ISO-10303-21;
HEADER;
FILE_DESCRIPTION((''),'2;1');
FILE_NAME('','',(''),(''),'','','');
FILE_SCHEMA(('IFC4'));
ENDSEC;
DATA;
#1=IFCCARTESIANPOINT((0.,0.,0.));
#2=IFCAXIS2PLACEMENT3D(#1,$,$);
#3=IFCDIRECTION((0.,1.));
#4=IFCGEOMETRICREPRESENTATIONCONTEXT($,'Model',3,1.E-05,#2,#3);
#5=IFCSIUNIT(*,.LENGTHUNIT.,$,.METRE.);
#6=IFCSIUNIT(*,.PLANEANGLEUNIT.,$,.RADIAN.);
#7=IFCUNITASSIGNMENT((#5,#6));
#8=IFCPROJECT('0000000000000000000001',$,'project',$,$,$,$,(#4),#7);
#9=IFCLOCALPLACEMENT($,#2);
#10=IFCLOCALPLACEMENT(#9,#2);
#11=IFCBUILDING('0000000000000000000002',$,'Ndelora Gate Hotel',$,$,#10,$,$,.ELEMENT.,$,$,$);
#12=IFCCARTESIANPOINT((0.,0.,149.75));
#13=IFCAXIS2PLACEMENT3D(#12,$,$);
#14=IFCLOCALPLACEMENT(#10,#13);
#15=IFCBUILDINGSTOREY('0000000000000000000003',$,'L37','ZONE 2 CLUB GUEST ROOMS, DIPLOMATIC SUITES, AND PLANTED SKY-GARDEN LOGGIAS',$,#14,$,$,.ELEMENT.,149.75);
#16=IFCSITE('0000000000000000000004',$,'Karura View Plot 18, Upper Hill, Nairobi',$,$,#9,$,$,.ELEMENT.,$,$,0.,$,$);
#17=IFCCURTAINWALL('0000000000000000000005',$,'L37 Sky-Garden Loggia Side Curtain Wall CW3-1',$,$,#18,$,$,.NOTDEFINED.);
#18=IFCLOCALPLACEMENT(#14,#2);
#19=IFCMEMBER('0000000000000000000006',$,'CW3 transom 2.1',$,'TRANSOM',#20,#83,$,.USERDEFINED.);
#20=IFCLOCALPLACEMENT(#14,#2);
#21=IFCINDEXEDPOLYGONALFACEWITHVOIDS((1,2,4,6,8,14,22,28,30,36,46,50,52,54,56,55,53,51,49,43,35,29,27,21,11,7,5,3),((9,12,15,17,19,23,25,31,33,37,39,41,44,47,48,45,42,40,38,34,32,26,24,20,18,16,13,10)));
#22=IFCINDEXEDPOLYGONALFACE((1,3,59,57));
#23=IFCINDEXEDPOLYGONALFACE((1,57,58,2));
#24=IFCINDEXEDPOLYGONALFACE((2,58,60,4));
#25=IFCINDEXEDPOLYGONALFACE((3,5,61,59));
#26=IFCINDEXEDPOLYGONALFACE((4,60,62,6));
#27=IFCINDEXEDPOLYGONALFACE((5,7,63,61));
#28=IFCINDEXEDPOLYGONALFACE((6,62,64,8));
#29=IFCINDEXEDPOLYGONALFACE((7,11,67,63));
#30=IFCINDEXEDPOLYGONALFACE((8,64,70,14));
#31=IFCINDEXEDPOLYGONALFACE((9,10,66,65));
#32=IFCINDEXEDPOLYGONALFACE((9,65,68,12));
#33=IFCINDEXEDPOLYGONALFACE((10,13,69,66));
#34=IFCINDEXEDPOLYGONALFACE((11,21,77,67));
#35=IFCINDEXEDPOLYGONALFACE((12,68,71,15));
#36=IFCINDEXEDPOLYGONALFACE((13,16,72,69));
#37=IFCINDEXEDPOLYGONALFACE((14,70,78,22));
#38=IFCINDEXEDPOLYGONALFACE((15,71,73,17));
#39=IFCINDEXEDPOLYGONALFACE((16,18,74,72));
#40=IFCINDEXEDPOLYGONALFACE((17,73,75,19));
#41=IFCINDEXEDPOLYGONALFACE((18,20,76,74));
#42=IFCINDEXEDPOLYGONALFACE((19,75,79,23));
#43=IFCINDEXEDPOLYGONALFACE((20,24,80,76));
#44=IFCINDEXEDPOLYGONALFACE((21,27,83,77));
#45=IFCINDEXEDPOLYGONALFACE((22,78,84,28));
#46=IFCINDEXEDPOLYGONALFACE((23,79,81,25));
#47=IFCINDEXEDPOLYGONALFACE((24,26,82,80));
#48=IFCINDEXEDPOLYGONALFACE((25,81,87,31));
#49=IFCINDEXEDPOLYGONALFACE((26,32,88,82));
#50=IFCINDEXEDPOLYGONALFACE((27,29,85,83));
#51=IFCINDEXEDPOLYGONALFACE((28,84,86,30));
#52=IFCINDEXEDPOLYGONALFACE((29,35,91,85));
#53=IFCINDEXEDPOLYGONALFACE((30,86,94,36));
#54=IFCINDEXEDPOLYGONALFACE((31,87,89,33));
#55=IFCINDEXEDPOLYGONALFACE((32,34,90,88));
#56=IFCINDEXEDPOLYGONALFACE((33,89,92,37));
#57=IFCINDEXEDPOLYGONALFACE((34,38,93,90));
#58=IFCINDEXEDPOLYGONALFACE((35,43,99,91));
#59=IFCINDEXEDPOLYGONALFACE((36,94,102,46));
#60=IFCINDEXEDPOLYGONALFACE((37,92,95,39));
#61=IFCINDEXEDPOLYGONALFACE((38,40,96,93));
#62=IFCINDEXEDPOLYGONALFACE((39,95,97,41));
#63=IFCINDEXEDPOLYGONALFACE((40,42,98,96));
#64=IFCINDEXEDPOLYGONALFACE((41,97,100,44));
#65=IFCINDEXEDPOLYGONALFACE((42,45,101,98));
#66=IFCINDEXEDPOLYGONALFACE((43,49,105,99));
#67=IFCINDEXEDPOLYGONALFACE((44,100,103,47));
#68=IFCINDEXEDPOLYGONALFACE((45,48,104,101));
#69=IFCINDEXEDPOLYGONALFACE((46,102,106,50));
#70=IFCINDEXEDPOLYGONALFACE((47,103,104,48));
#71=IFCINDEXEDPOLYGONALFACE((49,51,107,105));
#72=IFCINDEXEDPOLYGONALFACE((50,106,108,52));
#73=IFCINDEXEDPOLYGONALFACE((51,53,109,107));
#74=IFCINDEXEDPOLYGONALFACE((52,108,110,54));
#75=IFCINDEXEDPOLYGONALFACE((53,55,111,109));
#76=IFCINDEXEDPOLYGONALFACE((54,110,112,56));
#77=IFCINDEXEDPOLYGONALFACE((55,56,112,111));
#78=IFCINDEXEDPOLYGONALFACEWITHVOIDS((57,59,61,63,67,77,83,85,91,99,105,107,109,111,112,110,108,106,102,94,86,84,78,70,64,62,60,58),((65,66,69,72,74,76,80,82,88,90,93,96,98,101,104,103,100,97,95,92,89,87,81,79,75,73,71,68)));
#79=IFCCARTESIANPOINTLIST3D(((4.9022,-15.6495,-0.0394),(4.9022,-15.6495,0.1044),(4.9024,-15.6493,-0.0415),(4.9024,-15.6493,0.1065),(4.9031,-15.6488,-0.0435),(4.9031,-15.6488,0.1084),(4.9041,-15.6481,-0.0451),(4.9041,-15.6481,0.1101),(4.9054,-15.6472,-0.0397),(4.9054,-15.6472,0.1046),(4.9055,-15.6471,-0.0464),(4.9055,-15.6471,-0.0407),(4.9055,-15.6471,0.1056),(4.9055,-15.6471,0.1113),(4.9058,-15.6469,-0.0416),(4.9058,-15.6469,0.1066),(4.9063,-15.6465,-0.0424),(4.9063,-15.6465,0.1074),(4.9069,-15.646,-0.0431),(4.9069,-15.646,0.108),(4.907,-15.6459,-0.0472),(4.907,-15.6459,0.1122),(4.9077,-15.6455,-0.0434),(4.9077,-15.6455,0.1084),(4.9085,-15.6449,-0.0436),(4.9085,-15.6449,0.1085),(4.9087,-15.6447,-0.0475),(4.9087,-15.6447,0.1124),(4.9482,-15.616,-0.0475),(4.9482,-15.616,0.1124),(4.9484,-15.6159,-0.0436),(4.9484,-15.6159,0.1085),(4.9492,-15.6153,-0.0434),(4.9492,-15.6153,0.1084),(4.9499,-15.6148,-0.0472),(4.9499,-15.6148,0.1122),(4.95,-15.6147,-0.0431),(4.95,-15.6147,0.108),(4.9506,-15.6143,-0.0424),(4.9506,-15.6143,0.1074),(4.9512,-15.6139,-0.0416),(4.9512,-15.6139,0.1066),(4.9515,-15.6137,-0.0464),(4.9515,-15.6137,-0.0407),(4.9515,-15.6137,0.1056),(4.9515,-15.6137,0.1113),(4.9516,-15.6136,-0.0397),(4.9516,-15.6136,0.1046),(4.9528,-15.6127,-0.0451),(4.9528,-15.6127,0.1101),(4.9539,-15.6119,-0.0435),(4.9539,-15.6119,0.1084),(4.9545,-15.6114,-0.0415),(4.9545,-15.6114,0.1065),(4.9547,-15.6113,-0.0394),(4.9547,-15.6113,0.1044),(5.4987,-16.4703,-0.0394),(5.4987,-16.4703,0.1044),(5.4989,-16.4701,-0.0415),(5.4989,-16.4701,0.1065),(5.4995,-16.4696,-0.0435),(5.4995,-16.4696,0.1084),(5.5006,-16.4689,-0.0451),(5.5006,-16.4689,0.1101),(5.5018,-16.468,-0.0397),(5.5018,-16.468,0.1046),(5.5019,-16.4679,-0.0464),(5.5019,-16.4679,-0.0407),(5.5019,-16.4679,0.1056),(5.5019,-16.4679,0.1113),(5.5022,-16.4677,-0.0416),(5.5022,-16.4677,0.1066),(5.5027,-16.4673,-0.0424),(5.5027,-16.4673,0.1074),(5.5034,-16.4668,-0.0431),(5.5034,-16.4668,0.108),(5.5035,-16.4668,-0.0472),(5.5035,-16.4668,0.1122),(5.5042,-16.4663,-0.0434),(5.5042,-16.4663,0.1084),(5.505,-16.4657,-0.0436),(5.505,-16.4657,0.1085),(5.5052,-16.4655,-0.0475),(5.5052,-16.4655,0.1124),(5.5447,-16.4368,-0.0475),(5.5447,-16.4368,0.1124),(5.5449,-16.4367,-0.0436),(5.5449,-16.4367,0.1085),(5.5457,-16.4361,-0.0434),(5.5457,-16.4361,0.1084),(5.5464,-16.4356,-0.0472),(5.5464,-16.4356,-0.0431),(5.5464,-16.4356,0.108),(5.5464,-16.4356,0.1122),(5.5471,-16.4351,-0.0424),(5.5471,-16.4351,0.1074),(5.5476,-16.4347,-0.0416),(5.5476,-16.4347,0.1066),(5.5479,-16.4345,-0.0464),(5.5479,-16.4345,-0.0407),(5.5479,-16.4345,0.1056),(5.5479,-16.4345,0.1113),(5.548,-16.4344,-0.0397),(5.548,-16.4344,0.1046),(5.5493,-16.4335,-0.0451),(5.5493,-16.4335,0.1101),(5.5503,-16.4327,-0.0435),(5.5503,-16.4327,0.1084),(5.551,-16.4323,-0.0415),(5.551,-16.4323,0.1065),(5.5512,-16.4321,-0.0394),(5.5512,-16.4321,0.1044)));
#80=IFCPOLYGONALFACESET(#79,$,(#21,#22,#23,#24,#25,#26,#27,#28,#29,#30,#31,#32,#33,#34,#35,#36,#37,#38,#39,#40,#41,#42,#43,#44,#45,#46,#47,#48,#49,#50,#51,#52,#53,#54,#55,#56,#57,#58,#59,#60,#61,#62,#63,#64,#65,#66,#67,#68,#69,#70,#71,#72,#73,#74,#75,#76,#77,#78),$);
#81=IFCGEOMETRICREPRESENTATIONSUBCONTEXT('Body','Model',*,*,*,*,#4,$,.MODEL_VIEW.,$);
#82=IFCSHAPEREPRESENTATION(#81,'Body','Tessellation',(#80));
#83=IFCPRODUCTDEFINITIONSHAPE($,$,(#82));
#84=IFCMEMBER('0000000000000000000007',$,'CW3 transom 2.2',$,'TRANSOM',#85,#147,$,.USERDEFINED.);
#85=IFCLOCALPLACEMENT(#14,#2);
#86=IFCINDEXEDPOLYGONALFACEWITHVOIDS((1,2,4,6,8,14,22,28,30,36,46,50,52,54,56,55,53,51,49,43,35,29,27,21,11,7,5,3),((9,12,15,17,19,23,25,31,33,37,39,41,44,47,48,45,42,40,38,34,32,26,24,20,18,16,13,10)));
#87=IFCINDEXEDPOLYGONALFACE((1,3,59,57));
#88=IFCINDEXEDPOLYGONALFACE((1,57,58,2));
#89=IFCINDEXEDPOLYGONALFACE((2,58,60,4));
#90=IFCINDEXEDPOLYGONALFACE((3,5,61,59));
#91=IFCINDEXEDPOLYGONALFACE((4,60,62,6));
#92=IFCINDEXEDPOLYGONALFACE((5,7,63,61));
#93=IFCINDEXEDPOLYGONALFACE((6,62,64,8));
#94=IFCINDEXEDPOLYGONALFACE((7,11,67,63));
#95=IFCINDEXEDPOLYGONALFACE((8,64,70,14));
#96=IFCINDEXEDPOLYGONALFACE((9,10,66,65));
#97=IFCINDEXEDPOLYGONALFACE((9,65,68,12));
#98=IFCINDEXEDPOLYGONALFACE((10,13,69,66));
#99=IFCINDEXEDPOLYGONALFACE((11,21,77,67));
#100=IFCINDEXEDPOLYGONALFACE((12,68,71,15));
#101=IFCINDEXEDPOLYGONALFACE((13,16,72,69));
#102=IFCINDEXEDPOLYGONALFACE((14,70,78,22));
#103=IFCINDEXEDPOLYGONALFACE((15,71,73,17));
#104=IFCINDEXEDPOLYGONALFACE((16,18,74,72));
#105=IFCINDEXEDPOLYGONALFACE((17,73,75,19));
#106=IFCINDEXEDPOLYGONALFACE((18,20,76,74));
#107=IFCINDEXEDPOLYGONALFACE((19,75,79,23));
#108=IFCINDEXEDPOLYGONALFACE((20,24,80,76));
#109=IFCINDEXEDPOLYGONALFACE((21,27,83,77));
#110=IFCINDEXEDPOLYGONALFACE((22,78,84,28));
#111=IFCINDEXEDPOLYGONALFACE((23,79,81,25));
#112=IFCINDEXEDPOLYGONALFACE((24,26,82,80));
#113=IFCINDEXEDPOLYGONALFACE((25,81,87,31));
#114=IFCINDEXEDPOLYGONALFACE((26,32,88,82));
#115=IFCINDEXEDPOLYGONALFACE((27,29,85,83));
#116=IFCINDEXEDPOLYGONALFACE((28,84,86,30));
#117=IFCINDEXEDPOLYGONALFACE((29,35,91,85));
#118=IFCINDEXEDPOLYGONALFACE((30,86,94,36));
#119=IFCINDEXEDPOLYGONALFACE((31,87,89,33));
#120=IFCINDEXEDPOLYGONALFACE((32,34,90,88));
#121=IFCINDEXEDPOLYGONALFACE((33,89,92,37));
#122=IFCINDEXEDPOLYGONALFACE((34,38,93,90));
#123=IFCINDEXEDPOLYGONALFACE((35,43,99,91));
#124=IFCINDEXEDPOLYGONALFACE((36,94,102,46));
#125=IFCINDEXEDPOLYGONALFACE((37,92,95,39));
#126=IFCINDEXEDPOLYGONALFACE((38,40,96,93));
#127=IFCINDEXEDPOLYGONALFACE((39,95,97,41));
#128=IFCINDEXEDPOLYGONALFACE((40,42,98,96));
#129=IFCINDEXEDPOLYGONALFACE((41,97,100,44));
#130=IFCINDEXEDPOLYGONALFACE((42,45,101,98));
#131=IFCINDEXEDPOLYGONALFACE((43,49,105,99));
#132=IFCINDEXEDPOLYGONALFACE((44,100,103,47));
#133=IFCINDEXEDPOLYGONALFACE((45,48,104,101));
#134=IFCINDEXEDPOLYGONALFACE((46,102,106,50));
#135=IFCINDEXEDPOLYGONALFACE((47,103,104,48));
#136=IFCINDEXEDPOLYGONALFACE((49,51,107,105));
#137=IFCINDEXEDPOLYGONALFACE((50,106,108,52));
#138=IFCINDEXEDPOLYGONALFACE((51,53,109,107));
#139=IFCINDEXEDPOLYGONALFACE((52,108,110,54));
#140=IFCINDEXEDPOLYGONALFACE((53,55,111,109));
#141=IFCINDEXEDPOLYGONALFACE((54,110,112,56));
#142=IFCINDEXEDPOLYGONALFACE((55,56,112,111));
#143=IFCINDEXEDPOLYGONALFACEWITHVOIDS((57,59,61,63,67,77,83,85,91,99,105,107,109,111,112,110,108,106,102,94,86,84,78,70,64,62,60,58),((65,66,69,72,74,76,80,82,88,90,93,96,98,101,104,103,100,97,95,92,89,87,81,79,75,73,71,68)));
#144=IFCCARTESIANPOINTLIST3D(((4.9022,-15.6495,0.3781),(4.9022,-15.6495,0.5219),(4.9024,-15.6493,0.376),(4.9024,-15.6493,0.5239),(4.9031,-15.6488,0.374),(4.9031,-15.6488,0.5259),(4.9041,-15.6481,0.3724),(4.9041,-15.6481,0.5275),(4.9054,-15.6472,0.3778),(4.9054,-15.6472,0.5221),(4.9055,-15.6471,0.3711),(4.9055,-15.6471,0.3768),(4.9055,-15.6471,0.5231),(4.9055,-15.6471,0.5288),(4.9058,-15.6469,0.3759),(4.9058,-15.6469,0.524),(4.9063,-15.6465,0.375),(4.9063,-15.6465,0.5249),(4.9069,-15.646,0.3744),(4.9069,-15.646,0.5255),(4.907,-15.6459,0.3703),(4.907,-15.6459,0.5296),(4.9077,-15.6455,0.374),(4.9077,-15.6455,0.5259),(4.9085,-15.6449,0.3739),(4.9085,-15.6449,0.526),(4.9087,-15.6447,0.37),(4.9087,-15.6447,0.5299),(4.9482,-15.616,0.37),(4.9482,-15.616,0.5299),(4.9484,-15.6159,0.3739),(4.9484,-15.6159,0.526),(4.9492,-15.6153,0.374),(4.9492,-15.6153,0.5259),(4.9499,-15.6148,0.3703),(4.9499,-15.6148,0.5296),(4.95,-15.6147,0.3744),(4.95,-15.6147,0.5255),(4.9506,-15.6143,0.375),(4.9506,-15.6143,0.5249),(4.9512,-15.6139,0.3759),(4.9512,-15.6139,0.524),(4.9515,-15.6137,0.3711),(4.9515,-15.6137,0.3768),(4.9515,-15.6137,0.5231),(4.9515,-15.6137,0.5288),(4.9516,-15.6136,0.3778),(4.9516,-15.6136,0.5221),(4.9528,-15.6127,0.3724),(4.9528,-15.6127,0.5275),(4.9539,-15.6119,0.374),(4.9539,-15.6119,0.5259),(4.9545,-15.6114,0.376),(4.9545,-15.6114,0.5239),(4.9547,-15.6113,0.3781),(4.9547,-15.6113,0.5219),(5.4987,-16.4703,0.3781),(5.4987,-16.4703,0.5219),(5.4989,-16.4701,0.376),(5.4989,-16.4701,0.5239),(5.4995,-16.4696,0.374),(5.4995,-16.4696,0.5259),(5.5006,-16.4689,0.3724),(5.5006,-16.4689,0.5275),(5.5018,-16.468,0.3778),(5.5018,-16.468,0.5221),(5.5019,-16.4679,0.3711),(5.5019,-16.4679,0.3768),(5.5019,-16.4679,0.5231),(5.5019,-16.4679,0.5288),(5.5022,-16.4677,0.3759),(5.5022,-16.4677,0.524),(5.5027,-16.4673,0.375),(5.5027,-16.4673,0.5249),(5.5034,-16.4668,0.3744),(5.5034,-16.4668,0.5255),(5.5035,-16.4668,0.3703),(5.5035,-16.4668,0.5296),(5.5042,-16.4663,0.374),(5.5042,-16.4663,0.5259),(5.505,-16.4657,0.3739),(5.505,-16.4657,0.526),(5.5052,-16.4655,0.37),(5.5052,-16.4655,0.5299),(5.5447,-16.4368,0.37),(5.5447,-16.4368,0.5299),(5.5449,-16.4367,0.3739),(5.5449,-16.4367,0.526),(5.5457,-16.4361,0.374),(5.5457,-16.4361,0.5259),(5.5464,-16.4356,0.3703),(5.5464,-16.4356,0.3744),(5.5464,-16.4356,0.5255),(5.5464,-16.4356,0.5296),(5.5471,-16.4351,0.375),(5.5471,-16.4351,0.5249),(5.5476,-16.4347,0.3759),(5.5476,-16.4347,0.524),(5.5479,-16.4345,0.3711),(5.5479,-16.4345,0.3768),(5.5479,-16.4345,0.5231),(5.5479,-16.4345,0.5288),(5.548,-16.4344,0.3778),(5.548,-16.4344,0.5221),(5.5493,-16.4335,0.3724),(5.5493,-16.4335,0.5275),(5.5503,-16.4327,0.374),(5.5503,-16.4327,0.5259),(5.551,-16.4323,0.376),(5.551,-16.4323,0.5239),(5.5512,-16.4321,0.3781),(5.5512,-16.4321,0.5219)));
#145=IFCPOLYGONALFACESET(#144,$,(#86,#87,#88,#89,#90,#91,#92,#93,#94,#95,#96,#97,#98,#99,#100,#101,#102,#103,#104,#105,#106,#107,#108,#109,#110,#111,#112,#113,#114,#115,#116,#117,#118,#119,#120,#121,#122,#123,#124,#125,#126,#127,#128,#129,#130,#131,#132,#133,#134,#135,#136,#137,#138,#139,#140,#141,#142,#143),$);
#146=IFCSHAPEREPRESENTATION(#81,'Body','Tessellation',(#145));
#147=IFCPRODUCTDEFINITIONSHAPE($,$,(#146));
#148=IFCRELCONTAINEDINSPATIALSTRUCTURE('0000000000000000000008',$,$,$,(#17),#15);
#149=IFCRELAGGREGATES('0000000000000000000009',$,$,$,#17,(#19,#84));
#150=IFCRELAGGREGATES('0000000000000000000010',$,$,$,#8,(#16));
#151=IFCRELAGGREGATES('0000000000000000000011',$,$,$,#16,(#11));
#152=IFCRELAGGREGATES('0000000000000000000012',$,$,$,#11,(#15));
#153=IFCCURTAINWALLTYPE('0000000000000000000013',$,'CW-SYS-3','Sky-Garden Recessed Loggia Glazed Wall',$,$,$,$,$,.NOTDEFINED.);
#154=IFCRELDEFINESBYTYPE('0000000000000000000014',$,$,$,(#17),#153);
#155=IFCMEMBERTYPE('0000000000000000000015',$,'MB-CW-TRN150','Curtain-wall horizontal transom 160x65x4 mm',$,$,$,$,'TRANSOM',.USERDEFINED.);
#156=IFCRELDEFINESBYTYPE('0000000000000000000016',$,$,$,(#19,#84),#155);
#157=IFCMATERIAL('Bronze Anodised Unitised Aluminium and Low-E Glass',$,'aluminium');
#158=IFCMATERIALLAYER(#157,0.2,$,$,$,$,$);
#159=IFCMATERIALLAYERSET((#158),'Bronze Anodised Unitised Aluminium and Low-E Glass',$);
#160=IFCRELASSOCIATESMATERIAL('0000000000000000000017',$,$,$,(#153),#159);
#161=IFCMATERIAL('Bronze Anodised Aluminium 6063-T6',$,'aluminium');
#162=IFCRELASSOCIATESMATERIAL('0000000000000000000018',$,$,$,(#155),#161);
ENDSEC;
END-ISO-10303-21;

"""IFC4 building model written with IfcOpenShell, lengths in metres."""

from ifc_helpers import new_model, si_unit, direction, frame, origin, origin_2d, place, context, subcontext, project, spatial, hollow_rectangle, extrude, material, layer, layer_set, material_profile, profile_set, type_object, element, aggregate, save


model = new_model("IFC4")

# Units and contexts
model_context = context("Model", 3, precision=1e-05, world=origin(), true_north=direction((0.0, 1.0)))
body_context = subcontext(model_context, "Body", "Model", "MODEL_VIEW")
ifc_project = project(units=[si_unit("LENGTHUNIT", "METRE"), si_unit("PLANEANGLEUNIT", "RADIAN")], contexts=[model_context])

# Site, building, storey
site_placement = place(None, origin())
site = spatial("IfcSite", under=ifc_project, at=site_placement, Name="Karura View Plot 18, Upper Hill, Nairobi", CompositionType="ELEMENT", RefElevation=0.0)
building_placement = place(site_placement, origin())
building = spatial("IfcBuilding", under=site, at=building_placement, Name="Ndelora Gate Hotel", CompositionType="ELEMENT")
storey_placement = place(building_placement, frame((0.0, 0.0, 149.75)))
storey = spatial("IfcBuildingStorey", under=building, at=storey_placement, Name="L37", Description="ZONE 2 CLUB GUEST ROOMS, DIPLOMATIC SUITES, AND PLANTED SKY-GARDEN LOGGIAS", CompositionType="ELEMENT", Elevation=149.75)

# Curtain wall, members
ifc_material_1 = material(Name="Bronze Anodised Unitised Aluminium and Low-E Glass", Category="aluminium")
ifc_layer_1 = layer(ifc_material_1, 0.2)
ifc_layer_set_1 = layer_set([ifc_layer_1], Name="Bronze Anodised Unitised Aluminium and Low-E Glass")
curtain_wall_type = type_object("IfcCurtainWallType", Name="CW-SYS-3", Description="Sky-Garden Recessed Loggia Glazed Wall", PredefinedType="NOTDEFINED", material=ifc_layer_set_1)
curtain_wall_placement = place(storey_placement, origin())
curtain_wall = element("IfcCurtainWall", 1, at=curtain_wall_placement, inside=storey, type_object=curtain_wall_type, Name="L37 Sky-Garden Loggia Side Curtain Wall CW3-1", PredefinedType="NOTDEFINED")
ifc_material_2 = material(Name="Bronze Anodised Aluminium 6063-T6", Category="aluminium")
ifc_material_profile_1 = material_profile(ifc_material_2, hollow_rectangle(XDim=0.0649, YDim=0.1599, WallThickness=0.0039, InnerFilletRadius=0.0039, OuterFilletRadius=0.0081, at=origin_2d()), Name="ALU 160x65x4")
ifc_profile_set_1 = profile_set([ifc_material_profile_1], Name="Bronze Anodised Aluminium 6063-T6")
member_type_1 = type_object("IfcMemberType", Name="MB-CW-TRN150", Description="Curtain-wall horizontal transom 160x65x4 mm", ElementType="TRANSOM", PredefinedType="USERDEFINED", material=ifc_profile_set_1)
member_1_placement = place(storey_placement, frame((4.9285, -15.6304, 0.0325), z_axis=(0.587843, -0.808975, 0.0), x_axis=(0.808975, 0.587843, 0.0)))
member_1 = element("IfcMember", 2, at=member_1_placement, type_object=member_type_1, Name="CW3 transom 2.1", ObjectType="TRANSOM", PredefinedType="USERDEFINED", context=body_context, shape_type="SweptSolid", body=[
    extrude(hollow_rectangle(XDim=0.0649, YDim=0.1599, WallThickness=0.0039, InnerFilletRadius=0.0039, OuterFilletRadius=0.0081, at=origin_2d()), origin(), (0.0, 0.0, 1.0), 1.0146),
])
member_2_placement = place(storey_placement, frame((4.9285, -15.6304, 0.45), z_axis=(0.587843, -0.808975, 0.0), x_axis=(0.808975, 0.587843, 0.0)))
member_2 = element("IfcMember", 3, at=member_2_placement, type_object=member_type_1, Name="CW3 transom 2.2", ObjectType="TRANSOM", PredefinedType="USERDEFINED", context=body_context, shape_type="SweptSolid", body=[
    extrude(hollow_rectangle(XDim=0.0649, YDim=0.1599, WallThickness=0.0039, InnerFilletRadius=0.0039, OuterFilletRadius=0.0081, at=origin_2d()), origin(), (0.0, 0.0, 1.0), 1.0146),
])
aggregate(curtain_wall, [member_1, member_2])

save(model, "model.ifc")
